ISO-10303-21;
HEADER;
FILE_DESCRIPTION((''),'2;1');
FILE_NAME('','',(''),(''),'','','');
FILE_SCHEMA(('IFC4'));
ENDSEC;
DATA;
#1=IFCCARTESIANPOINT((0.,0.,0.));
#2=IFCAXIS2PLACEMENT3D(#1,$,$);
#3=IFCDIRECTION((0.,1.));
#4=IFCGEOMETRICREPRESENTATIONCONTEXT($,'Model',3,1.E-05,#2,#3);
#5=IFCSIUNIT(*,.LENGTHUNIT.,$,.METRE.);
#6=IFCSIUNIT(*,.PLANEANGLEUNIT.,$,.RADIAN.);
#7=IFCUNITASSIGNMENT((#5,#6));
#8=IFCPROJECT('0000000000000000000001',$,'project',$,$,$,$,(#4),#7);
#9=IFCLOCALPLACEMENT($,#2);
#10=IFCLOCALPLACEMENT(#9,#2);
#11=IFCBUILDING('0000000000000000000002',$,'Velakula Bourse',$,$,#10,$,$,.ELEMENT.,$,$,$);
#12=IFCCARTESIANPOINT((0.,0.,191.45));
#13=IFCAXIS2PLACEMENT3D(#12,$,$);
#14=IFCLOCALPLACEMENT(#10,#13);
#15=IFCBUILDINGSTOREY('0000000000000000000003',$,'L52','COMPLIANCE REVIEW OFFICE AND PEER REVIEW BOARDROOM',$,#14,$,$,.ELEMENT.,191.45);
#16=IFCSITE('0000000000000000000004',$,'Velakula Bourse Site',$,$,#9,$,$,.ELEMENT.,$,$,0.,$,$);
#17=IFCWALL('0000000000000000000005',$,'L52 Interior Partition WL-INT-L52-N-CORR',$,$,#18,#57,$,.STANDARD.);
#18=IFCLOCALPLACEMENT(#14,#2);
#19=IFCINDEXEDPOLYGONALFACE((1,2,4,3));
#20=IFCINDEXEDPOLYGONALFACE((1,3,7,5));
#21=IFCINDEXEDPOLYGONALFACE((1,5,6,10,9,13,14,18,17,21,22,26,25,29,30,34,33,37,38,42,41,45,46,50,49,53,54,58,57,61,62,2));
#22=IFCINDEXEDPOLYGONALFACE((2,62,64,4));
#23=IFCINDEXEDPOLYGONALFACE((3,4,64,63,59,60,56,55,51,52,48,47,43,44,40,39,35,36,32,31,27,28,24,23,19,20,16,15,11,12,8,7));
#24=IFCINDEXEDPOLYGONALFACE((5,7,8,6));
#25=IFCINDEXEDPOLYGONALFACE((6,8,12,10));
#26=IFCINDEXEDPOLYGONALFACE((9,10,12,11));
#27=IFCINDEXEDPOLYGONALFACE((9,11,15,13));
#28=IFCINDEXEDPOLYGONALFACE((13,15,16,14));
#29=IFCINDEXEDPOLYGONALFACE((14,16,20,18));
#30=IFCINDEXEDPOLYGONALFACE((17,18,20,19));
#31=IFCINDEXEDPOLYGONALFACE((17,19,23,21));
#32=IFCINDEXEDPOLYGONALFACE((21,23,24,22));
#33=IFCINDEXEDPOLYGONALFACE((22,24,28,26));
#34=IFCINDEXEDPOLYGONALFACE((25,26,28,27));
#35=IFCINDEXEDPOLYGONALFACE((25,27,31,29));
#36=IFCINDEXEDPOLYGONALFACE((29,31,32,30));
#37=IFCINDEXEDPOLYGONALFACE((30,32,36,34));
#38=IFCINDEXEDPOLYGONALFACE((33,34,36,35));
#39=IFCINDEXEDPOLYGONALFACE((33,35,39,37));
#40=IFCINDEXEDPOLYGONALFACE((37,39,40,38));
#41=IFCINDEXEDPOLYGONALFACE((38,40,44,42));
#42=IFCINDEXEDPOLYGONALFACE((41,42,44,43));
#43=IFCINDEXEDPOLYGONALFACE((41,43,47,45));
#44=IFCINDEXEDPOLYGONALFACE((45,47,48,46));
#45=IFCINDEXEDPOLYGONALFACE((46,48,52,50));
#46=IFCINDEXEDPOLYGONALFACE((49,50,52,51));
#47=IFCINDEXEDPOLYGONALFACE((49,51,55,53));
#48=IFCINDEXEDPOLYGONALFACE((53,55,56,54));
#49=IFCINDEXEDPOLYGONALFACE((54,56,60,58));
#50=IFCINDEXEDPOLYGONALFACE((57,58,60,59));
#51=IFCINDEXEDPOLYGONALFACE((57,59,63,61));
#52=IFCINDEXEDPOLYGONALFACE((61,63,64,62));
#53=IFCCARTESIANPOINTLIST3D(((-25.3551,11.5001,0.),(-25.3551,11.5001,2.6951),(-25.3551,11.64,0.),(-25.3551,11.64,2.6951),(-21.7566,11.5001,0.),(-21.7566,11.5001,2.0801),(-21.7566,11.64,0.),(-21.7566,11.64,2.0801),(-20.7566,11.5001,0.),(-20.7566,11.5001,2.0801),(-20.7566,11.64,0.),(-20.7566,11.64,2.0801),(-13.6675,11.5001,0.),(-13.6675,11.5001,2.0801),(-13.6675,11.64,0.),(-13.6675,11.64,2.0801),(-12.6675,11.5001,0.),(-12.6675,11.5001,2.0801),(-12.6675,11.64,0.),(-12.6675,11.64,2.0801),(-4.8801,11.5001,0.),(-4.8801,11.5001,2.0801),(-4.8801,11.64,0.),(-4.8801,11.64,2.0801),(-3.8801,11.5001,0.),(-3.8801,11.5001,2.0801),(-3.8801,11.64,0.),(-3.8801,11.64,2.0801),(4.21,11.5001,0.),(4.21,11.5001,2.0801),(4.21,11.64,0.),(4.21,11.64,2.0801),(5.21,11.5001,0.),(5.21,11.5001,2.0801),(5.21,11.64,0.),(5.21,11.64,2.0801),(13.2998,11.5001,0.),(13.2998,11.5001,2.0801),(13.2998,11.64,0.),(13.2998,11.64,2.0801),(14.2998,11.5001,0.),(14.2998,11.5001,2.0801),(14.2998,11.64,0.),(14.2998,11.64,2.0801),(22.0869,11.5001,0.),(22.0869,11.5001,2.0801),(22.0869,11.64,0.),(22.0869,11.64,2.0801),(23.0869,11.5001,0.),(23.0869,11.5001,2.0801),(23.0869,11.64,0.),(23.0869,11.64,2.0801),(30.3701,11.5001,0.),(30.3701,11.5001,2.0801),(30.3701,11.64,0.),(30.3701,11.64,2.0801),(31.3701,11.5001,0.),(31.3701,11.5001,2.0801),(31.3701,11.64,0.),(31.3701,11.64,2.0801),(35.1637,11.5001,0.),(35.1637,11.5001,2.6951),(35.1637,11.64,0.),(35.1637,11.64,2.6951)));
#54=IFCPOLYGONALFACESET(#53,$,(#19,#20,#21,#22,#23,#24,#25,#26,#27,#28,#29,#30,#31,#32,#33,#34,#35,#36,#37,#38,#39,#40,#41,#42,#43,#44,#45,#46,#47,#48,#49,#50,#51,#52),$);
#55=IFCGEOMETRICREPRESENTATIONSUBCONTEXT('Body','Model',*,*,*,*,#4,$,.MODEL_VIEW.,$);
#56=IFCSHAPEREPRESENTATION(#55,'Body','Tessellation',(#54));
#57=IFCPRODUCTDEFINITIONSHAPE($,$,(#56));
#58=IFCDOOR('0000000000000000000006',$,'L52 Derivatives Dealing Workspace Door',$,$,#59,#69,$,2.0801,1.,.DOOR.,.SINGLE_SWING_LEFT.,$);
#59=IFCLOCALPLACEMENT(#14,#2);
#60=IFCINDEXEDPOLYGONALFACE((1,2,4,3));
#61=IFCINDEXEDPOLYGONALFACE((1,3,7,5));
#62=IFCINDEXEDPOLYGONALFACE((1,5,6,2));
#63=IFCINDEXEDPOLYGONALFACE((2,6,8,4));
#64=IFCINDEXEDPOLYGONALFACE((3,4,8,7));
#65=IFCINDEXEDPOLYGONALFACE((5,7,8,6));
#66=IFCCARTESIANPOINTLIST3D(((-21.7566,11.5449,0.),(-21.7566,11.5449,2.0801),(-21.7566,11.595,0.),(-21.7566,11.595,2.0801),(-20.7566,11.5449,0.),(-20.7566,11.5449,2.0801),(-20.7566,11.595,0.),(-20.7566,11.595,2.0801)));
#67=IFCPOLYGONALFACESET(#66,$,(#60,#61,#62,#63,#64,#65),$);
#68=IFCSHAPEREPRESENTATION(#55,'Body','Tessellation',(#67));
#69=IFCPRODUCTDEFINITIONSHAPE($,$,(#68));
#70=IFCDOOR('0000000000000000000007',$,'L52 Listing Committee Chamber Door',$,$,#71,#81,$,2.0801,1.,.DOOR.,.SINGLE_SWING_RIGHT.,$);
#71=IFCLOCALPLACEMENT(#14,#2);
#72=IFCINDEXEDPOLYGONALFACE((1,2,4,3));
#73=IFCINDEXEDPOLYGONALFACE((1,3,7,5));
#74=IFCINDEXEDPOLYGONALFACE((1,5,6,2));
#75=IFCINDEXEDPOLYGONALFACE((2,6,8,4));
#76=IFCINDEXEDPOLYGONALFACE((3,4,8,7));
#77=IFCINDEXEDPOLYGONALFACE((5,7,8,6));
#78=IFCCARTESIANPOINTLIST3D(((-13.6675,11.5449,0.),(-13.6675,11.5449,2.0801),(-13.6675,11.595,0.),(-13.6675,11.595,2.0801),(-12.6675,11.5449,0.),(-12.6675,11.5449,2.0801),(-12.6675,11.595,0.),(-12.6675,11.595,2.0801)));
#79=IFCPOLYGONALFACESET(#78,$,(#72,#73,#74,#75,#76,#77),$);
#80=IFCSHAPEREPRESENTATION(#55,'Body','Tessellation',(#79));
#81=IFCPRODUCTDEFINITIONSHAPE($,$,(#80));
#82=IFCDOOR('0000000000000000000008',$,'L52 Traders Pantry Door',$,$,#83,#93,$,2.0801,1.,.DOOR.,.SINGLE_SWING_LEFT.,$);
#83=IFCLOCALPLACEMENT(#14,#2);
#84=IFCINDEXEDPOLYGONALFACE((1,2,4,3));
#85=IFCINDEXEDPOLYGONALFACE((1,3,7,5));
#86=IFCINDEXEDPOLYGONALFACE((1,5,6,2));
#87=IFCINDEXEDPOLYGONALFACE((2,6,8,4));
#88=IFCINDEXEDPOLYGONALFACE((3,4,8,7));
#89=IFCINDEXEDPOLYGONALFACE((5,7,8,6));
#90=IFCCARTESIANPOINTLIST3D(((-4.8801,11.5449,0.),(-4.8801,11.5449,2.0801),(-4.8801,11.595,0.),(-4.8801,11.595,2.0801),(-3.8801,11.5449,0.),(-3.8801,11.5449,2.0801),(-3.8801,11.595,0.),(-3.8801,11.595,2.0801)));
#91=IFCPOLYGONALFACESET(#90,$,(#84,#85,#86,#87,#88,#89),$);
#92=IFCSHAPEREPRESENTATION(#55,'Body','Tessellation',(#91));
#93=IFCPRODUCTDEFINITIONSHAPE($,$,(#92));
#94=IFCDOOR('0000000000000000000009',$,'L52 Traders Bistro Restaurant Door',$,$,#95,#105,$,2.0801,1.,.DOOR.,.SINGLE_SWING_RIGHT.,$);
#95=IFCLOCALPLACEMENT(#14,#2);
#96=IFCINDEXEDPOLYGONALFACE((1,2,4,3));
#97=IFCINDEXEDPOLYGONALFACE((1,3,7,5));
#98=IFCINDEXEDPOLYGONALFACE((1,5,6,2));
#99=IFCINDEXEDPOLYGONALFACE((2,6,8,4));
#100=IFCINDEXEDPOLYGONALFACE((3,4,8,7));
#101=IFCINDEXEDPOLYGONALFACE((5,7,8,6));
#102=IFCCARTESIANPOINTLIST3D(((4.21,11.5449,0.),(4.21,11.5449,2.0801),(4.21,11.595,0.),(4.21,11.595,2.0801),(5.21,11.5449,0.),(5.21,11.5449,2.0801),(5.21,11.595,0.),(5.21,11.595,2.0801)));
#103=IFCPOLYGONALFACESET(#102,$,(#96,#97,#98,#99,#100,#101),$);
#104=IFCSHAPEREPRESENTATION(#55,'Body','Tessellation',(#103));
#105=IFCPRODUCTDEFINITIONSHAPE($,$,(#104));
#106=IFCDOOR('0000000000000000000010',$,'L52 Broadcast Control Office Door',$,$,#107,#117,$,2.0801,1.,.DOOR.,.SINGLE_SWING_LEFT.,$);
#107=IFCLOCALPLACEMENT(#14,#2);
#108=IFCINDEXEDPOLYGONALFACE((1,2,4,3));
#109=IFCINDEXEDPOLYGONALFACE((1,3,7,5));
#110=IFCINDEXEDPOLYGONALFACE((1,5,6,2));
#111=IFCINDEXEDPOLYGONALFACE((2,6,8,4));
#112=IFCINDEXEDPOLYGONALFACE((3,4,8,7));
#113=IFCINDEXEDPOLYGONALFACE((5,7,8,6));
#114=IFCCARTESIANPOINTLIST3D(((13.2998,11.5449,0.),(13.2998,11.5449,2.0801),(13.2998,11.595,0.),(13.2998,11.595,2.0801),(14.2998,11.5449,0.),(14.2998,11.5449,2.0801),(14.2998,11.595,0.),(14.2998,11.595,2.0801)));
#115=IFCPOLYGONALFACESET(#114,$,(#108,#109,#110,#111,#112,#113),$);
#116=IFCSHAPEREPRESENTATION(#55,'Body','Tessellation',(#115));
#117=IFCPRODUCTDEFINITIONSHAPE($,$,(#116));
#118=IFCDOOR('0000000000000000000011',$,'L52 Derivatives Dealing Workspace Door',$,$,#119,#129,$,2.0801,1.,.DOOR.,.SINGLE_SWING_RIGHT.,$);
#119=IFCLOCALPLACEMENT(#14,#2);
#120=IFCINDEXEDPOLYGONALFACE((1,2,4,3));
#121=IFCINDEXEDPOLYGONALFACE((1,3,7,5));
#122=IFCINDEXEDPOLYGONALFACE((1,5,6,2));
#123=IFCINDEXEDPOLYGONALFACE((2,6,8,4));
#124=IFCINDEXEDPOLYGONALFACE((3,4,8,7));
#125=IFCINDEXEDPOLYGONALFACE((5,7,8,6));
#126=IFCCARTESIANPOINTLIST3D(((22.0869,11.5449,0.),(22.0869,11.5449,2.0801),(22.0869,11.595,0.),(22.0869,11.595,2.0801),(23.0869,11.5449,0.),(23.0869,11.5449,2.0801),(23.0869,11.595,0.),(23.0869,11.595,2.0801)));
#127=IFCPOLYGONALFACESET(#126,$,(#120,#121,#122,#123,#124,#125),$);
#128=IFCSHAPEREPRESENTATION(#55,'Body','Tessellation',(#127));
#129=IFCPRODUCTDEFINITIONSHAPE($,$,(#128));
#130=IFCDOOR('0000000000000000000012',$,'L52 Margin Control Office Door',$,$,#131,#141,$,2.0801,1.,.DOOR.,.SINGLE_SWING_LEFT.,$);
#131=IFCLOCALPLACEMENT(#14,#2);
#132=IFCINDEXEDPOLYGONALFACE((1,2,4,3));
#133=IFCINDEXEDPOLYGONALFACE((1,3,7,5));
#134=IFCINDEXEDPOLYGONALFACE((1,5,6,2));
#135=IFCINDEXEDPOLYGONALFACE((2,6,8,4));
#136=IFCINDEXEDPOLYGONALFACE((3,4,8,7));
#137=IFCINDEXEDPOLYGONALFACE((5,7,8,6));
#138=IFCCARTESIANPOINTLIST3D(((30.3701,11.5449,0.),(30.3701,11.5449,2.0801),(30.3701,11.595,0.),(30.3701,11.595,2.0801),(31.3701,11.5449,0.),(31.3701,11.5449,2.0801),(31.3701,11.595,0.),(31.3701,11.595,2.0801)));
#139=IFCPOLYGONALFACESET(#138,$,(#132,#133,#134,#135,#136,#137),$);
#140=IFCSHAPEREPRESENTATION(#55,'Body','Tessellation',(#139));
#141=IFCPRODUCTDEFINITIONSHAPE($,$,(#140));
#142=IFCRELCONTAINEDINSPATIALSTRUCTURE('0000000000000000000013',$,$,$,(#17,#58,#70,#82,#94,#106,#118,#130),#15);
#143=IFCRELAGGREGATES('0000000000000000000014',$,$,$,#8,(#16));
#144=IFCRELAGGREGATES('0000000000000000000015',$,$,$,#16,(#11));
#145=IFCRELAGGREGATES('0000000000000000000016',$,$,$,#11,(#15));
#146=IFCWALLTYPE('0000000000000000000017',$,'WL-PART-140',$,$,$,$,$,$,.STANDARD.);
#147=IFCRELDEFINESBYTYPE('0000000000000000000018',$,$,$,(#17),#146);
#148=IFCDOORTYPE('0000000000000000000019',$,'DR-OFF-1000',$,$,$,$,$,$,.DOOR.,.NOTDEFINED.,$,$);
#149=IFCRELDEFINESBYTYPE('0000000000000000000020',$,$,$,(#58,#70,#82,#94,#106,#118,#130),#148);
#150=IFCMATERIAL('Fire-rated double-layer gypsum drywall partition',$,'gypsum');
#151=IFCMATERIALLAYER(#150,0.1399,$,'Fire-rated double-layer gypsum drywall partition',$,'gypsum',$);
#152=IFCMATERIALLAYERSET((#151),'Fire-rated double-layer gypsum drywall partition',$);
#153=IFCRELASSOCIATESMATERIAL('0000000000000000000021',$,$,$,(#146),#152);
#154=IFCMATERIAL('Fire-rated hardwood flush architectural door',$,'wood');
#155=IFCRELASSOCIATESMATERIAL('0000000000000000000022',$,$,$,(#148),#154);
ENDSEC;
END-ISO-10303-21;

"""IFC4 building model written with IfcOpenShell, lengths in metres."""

from ifc_helpers import new_model, si_unit, direction, frame, frame_2d, origin, place, context, subcontext, project, spatial, rectangle, extrude, material, layer, layer_set, type_object, element, fill, save


model = new_model("IFC4")

# Units and contexts
model_context = context("Model", 3, precision=1e-05, world=origin(), true_north=direction((0.0, 1.0)))
body_context = subcontext(model_context, "Body", "Model", "MODEL_VIEW")
ifc_project = project(units=[si_unit("LENGTHUNIT", "METRE"), si_unit("PLANEANGLEUNIT", "RADIAN")], contexts=[model_context])

# Site, building, storey
site_placement = place(None, origin())
site = spatial("IfcSite", under=ifc_project, at=site_placement, Name="Velakula Bourse Site", CompositionType="ELEMENT", RefElevation=0.0)
building_placement = place(site_placement, origin())
building = spatial("IfcBuilding", under=site, at=building_placement, Name="Velakula Bourse", CompositionType="ELEMENT")
storey_placement = place(building_placement, frame((0.0, 0.0, 191.45)))
storey = spatial("IfcBuildingStorey", under=building, at=storey_placement, Name="L52", Description="COMPLIANCE REVIEW OFFICE AND PEER REVIEW BOARDROOM", CompositionType="ELEMENT", Elevation=191.45)

# Shared definitions
ifc_material_1 = material(Name="Fire-rated hardwood flush architectural door", Category="wood")

# Wall, openings, doors
ifc_material_2 = material(Name="Fire-rated double-layer gypsum drywall partition", Category="gypsum")
ifc_layer_1 = layer(ifc_material_2, 0.1399, Name="Fire-rated double-layer gypsum drywall partition", Category="gypsum")
ifc_layer_set_1 = layer_set([ifc_layer_1], Name="Fire-rated double-layer gypsum drywall partition")
wall_type_1 = type_object("IfcWallType", Name="WL-PART-140", PredefinedType="STANDARD", material=ifc_layer_set_1)
wall_1_placement = place(storey_placement, frame((-25.355, 11.5701, 0.0), z_axis=(0.0, 0.0, 1.0), x_axis=(1.0, 0.0, 0.0)))
wall_1 = element("IfcWall", 1, at=wall_1_placement, inside=storey, type_object=wall_type_1, Name="L52 Interior Partition WL-INT-L52-N-CORR", PredefinedType="STANDARD", context=body_context, shape_type="SweptSolid", body=[
    extrude(rectangle(XDim=60.5188, YDim=0.1399, at=frame_2d((30.2593, 0.0))), origin(), (0.0, 0.0, 1.0), 2.6951),
])
opening_1_placement = place(wall_1_placement, frame((3.5984, 0.0, 0.0)))
opening_1 = element("IfcOpeningElement", 2, at=opening_1_placement, cuts=wall_1, PredefinedType="OPENING", context=body_context, shape_type="SweptSolid", body=[
    extrude(rectangle(XDim=1.0, YDim=2.0801, at=frame_2d((0.5, 1.04))), frame((0.0, 0.0798, 0.0), z_axis=(0.0, -1.0, 0.0), x_axis=(1.0, 0.0, 0.0)), (0.0, 0.0, 1.0), 0.1599),
])
opening_2_placement = place(wall_1_placement, frame((11.6875, 0.0, 0.0)))
opening_2 = element("IfcOpeningElement", 3, at=opening_2_placement, cuts=wall_1, PredefinedType="OPENING", context=body_context, shape_type="SweptSolid", body=[
    extrude(rectangle(XDim=1.0, YDim=2.0801, at=frame_2d((0.5, 1.04))), frame((0.0, 0.0798, 0.0), z_axis=(0.0, -1.0, 0.0), x_axis=(1.0, 0.0, 0.0)), (0.0, 0.0, 1.0), 0.1599),
])
opening_3_placement = place(wall_1_placement, frame((20.4749, 0.0, 0.0)))
opening_3 = element("IfcOpeningElement", 4, at=opening_3_placement, cuts=wall_1, PredefinedType="OPENING", context=body_context, shape_type="SweptSolid", body=[
    extrude(rectangle(XDim=1.0, YDim=2.0801, at=frame_2d((0.5, 1.04))), frame((0.0, 0.0798, 0.0), z_axis=(0.0, -1.0, 0.0), x_axis=(1.0, 0.0, 0.0)), (0.0, 0.0, 1.0), 0.1599),
])
opening_4_placement = place(wall_1_placement, frame((29.5649, 0.0, 0.0)))
opening_4 = element("IfcOpeningElement", 5, at=opening_4_placement, cuts=wall_1, PredefinedType="OPENING", context=body_context, shape_type="SweptSolid", body=[
    extrude(rectangle(XDim=1.0, YDim=2.0801, at=frame_2d((0.5, 1.04))), frame((0.0, 0.0798, 0.0), z_axis=(0.0, -1.0, 0.0), x_axis=(1.0, 0.0, 0.0)), (0.0, 0.0, 1.0), 0.1599),
])
opening_5_placement = place(wall_1_placement, frame((38.6548, 0.0, 0.0)))
opening_5 = element("IfcOpeningElement", 6, at=opening_5_placement, cuts=wall_1, PredefinedType="OPENING", context=body_context, shape_type="SweptSolid", body=[
    extrude(rectangle(XDim=1.0, YDim=2.0801, at=frame_2d((0.5, 1.04))), frame((0.0, 0.0798, 0.0), z_axis=(0.0, -1.0, 0.0), x_axis=(1.0, 0.0, 0.0)), (0.0, 0.0, 1.0), 0.1599),
])
opening_6_placement = place(wall_1_placement, frame((47.4419, 0.0, 0.0)))
opening_6 = element("IfcOpeningElement", 7, at=opening_6_placement, cuts=wall_1, PredefinedType="OPENING", context=body_context, shape_type="SweptSolid", body=[
    extrude(rectangle(XDim=1.0, YDim=2.0801, at=frame_2d((0.5, 1.04))), frame((0.0, 0.0798, 0.0), z_axis=(0.0, -1.0, 0.0), x_axis=(1.0, 0.0, 0.0)), (0.0, 0.0, 1.0), 0.1599),
])
opening_7_placement = place(wall_1_placement, frame((55.7251, 0.0, 0.0)))
opening_7 = element("IfcOpeningElement", 8, at=opening_7_placement, cuts=wall_1, PredefinedType="OPENING", context=body_context, shape_type="SweptSolid", body=[
    extrude(rectangle(XDim=1.0, YDim=2.0801, at=frame_2d((0.5, 1.04))), frame((0.0, 0.0798, 0.0), z_axis=(0.0, -1.0, 0.0), x_axis=(1.0, 0.0, 0.0)), (0.0, 0.0, 1.0), 0.1599),
])
door_type_1 = type_object("IfcDoorType", Name="DR-OFF-1000", OperationType="NOTDEFINED", PredefinedType="DOOR", material=ifc_material_1)
door_1_placement = place(opening_1_placement, origin())
door_1 = element("IfcDoor", 9, at=door_1_placement, inside=storey, type_object=door_type_1, Name="L52 Derivatives Dealing Workspace Door", OperationType="SINGLE_SWING_LEFT", OverallHeight=2.0801, OverallWidth=1.0, PredefinedType="DOOR", context=body_context, shape_type="SweptSolid", body=[
    extrude(rectangle(XDim=1.0, YDim=2.0801, at=frame_2d((0.5, 1.04))), frame((0.0, 0.0249, 0.0), z_axis=(0.0, -1.0, 0.0), x_axis=(1.0, 0.0, 0.0)), (0.0, 0.0, 1.0), 0.05),
])
fill(opening_1, door_1)
door_2_placement = place(opening_2_placement, origin())
door_2 = element("IfcDoor", 10, at=door_2_placement, inside=storey, type_object=door_type_1, Name="L52 Listing Committee Chamber Door", OperationType="SINGLE_SWING_RIGHT", OverallHeight=2.0801, OverallWidth=1.0, PredefinedType="DOOR", context=body_context, shape_type="SweptSolid", body=[
    extrude(rectangle(XDim=1.0, YDim=2.0801, at=frame_2d((0.5, 1.04))), frame((0.0, 0.0249, 0.0), z_axis=(0.0, -1.0, 0.0), x_axis=(1.0, 0.0, 0.0)), (0.0, 0.0, 1.0), 0.05),
])
fill(opening_2, door_2)
door_3_placement = place(opening_3_placement, origin())
door_3 = element("IfcDoor", 11, at=door_3_placement, inside=storey, type_object=door_type_1, Name="L52 Traders Pantry Door", OperationType="SINGLE_SWING_LEFT", OverallHeight=2.0801, OverallWidth=1.0, PredefinedType="DOOR", context=body_context, shape_type="SweptSolid", body=[
    extrude(rectangle(XDim=1.0, YDim=2.0801, at=frame_2d((0.5, 1.04))), frame((0.0, 0.0249, 0.0), z_axis=(0.0, -1.0, 0.0), x_axis=(1.0, 0.0, 0.0)), (0.0, 0.0, 1.0), 0.05),
])
fill(opening_3, door_3)
door_4_placement = place(opening_4_placement, origin())
door_4 = element("IfcDoor", 12, at=door_4_placement, inside=storey, type_object=door_type_1, Name="L52 Traders Bistro Restaurant Door", OperationType="SINGLE_SWING_RIGHT", OverallHeight=2.0801, OverallWidth=1.0, PredefinedType="DOOR", context=body_context, shape_type="SweptSolid", body=[
    extrude(rectangle(XDim=1.0, YDim=2.0801, at=frame_2d((0.5, 1.04))), frame((0.0, 0.0249, 0.0), z_axis=(0.0, -1.0, 0.0), x_axis=(1.0, 0.0, 0.0)), (0.0, 0.0, 1.0), 0.05),
])
fill(opening_4, door_4)
door_5_placement = place(opening_5_placement, origin())
door_5 = element("IfcDoor", 13, at=door_5_placement, inside=storey, type_object=door_type_1, Name="L52 Broadcast Control Office Door", OperationType="SINGLE_SWING_LEFT", OverallHeight=2.0801, OverallWidth=1.0, PredefinedType="DOOR", context=body_context, shape_type="SweptSolid", body=[
    extrude(rectangle(XDim=1.0, YDim=2.0801, at=frame_2d((0.5, 1.04))), frame((0.0, 0.0249, 0.0), z_axis=(0.0, -1.0, 0.0), x_axis=(1.0, 0.0, 0.0)), (0.0, 0.0, 1.0), 0.05),
])
fill(opening_5, door_5)
door_6_placement = place(opening_6_placement, origin())
door_6 = element("IfcDoor", 14, at=door_6_placement, inside=storey, type_object=door_type_1, Name="L52 Derivatives Dealing Workspace Door", OperationType="SINGLE_SWING_RIGHT", OverallHeight=2.0801, OverallWidth=1.0, PredefinedType="DOOR", context=body_context, shape_type="SweptSolid", body=[
    extrude(rectangle(XDim=1.0, YDim=2.0801, at=frame_2d((0.5, 1.04))), frame((0.0, 0.0249, 0.0), z_axis=(0.0, -1.0, 0.0), x_axis=(1.0, 0.0, 0.0)), (0.0, 0.0, 1.0), 0.05),
])
fill(opening_6, door_6)
door_7_placement = place(opening_7_placement, origin())
door_7 = element("IfcDoor", 15, at=door_7_placement, inside=storey, type_object=door_type_1, Name="L52 Margin Control Office Door", OperationType="SINGLE_SWING_LEFT", OverallHeight=2.0801, OverallWidth=1.0, PredefinedType="DOOR", context=body_context, shape_type="SweptSolid", body=[
    extrude(rectangle(XDim=1.0, YDim=2.0801, at=frame_2d((0.5, 1.04))), frame((0.0, 0.0249, 0.0), z_axis=(0.0, -1.0, 0.0), x_axis=(1.0, 0.0, 0.0)), (0.0, 0.0, 1.0), 0.05),
])
fill(opening_7, door_7)

save(model, "model.ifc")
